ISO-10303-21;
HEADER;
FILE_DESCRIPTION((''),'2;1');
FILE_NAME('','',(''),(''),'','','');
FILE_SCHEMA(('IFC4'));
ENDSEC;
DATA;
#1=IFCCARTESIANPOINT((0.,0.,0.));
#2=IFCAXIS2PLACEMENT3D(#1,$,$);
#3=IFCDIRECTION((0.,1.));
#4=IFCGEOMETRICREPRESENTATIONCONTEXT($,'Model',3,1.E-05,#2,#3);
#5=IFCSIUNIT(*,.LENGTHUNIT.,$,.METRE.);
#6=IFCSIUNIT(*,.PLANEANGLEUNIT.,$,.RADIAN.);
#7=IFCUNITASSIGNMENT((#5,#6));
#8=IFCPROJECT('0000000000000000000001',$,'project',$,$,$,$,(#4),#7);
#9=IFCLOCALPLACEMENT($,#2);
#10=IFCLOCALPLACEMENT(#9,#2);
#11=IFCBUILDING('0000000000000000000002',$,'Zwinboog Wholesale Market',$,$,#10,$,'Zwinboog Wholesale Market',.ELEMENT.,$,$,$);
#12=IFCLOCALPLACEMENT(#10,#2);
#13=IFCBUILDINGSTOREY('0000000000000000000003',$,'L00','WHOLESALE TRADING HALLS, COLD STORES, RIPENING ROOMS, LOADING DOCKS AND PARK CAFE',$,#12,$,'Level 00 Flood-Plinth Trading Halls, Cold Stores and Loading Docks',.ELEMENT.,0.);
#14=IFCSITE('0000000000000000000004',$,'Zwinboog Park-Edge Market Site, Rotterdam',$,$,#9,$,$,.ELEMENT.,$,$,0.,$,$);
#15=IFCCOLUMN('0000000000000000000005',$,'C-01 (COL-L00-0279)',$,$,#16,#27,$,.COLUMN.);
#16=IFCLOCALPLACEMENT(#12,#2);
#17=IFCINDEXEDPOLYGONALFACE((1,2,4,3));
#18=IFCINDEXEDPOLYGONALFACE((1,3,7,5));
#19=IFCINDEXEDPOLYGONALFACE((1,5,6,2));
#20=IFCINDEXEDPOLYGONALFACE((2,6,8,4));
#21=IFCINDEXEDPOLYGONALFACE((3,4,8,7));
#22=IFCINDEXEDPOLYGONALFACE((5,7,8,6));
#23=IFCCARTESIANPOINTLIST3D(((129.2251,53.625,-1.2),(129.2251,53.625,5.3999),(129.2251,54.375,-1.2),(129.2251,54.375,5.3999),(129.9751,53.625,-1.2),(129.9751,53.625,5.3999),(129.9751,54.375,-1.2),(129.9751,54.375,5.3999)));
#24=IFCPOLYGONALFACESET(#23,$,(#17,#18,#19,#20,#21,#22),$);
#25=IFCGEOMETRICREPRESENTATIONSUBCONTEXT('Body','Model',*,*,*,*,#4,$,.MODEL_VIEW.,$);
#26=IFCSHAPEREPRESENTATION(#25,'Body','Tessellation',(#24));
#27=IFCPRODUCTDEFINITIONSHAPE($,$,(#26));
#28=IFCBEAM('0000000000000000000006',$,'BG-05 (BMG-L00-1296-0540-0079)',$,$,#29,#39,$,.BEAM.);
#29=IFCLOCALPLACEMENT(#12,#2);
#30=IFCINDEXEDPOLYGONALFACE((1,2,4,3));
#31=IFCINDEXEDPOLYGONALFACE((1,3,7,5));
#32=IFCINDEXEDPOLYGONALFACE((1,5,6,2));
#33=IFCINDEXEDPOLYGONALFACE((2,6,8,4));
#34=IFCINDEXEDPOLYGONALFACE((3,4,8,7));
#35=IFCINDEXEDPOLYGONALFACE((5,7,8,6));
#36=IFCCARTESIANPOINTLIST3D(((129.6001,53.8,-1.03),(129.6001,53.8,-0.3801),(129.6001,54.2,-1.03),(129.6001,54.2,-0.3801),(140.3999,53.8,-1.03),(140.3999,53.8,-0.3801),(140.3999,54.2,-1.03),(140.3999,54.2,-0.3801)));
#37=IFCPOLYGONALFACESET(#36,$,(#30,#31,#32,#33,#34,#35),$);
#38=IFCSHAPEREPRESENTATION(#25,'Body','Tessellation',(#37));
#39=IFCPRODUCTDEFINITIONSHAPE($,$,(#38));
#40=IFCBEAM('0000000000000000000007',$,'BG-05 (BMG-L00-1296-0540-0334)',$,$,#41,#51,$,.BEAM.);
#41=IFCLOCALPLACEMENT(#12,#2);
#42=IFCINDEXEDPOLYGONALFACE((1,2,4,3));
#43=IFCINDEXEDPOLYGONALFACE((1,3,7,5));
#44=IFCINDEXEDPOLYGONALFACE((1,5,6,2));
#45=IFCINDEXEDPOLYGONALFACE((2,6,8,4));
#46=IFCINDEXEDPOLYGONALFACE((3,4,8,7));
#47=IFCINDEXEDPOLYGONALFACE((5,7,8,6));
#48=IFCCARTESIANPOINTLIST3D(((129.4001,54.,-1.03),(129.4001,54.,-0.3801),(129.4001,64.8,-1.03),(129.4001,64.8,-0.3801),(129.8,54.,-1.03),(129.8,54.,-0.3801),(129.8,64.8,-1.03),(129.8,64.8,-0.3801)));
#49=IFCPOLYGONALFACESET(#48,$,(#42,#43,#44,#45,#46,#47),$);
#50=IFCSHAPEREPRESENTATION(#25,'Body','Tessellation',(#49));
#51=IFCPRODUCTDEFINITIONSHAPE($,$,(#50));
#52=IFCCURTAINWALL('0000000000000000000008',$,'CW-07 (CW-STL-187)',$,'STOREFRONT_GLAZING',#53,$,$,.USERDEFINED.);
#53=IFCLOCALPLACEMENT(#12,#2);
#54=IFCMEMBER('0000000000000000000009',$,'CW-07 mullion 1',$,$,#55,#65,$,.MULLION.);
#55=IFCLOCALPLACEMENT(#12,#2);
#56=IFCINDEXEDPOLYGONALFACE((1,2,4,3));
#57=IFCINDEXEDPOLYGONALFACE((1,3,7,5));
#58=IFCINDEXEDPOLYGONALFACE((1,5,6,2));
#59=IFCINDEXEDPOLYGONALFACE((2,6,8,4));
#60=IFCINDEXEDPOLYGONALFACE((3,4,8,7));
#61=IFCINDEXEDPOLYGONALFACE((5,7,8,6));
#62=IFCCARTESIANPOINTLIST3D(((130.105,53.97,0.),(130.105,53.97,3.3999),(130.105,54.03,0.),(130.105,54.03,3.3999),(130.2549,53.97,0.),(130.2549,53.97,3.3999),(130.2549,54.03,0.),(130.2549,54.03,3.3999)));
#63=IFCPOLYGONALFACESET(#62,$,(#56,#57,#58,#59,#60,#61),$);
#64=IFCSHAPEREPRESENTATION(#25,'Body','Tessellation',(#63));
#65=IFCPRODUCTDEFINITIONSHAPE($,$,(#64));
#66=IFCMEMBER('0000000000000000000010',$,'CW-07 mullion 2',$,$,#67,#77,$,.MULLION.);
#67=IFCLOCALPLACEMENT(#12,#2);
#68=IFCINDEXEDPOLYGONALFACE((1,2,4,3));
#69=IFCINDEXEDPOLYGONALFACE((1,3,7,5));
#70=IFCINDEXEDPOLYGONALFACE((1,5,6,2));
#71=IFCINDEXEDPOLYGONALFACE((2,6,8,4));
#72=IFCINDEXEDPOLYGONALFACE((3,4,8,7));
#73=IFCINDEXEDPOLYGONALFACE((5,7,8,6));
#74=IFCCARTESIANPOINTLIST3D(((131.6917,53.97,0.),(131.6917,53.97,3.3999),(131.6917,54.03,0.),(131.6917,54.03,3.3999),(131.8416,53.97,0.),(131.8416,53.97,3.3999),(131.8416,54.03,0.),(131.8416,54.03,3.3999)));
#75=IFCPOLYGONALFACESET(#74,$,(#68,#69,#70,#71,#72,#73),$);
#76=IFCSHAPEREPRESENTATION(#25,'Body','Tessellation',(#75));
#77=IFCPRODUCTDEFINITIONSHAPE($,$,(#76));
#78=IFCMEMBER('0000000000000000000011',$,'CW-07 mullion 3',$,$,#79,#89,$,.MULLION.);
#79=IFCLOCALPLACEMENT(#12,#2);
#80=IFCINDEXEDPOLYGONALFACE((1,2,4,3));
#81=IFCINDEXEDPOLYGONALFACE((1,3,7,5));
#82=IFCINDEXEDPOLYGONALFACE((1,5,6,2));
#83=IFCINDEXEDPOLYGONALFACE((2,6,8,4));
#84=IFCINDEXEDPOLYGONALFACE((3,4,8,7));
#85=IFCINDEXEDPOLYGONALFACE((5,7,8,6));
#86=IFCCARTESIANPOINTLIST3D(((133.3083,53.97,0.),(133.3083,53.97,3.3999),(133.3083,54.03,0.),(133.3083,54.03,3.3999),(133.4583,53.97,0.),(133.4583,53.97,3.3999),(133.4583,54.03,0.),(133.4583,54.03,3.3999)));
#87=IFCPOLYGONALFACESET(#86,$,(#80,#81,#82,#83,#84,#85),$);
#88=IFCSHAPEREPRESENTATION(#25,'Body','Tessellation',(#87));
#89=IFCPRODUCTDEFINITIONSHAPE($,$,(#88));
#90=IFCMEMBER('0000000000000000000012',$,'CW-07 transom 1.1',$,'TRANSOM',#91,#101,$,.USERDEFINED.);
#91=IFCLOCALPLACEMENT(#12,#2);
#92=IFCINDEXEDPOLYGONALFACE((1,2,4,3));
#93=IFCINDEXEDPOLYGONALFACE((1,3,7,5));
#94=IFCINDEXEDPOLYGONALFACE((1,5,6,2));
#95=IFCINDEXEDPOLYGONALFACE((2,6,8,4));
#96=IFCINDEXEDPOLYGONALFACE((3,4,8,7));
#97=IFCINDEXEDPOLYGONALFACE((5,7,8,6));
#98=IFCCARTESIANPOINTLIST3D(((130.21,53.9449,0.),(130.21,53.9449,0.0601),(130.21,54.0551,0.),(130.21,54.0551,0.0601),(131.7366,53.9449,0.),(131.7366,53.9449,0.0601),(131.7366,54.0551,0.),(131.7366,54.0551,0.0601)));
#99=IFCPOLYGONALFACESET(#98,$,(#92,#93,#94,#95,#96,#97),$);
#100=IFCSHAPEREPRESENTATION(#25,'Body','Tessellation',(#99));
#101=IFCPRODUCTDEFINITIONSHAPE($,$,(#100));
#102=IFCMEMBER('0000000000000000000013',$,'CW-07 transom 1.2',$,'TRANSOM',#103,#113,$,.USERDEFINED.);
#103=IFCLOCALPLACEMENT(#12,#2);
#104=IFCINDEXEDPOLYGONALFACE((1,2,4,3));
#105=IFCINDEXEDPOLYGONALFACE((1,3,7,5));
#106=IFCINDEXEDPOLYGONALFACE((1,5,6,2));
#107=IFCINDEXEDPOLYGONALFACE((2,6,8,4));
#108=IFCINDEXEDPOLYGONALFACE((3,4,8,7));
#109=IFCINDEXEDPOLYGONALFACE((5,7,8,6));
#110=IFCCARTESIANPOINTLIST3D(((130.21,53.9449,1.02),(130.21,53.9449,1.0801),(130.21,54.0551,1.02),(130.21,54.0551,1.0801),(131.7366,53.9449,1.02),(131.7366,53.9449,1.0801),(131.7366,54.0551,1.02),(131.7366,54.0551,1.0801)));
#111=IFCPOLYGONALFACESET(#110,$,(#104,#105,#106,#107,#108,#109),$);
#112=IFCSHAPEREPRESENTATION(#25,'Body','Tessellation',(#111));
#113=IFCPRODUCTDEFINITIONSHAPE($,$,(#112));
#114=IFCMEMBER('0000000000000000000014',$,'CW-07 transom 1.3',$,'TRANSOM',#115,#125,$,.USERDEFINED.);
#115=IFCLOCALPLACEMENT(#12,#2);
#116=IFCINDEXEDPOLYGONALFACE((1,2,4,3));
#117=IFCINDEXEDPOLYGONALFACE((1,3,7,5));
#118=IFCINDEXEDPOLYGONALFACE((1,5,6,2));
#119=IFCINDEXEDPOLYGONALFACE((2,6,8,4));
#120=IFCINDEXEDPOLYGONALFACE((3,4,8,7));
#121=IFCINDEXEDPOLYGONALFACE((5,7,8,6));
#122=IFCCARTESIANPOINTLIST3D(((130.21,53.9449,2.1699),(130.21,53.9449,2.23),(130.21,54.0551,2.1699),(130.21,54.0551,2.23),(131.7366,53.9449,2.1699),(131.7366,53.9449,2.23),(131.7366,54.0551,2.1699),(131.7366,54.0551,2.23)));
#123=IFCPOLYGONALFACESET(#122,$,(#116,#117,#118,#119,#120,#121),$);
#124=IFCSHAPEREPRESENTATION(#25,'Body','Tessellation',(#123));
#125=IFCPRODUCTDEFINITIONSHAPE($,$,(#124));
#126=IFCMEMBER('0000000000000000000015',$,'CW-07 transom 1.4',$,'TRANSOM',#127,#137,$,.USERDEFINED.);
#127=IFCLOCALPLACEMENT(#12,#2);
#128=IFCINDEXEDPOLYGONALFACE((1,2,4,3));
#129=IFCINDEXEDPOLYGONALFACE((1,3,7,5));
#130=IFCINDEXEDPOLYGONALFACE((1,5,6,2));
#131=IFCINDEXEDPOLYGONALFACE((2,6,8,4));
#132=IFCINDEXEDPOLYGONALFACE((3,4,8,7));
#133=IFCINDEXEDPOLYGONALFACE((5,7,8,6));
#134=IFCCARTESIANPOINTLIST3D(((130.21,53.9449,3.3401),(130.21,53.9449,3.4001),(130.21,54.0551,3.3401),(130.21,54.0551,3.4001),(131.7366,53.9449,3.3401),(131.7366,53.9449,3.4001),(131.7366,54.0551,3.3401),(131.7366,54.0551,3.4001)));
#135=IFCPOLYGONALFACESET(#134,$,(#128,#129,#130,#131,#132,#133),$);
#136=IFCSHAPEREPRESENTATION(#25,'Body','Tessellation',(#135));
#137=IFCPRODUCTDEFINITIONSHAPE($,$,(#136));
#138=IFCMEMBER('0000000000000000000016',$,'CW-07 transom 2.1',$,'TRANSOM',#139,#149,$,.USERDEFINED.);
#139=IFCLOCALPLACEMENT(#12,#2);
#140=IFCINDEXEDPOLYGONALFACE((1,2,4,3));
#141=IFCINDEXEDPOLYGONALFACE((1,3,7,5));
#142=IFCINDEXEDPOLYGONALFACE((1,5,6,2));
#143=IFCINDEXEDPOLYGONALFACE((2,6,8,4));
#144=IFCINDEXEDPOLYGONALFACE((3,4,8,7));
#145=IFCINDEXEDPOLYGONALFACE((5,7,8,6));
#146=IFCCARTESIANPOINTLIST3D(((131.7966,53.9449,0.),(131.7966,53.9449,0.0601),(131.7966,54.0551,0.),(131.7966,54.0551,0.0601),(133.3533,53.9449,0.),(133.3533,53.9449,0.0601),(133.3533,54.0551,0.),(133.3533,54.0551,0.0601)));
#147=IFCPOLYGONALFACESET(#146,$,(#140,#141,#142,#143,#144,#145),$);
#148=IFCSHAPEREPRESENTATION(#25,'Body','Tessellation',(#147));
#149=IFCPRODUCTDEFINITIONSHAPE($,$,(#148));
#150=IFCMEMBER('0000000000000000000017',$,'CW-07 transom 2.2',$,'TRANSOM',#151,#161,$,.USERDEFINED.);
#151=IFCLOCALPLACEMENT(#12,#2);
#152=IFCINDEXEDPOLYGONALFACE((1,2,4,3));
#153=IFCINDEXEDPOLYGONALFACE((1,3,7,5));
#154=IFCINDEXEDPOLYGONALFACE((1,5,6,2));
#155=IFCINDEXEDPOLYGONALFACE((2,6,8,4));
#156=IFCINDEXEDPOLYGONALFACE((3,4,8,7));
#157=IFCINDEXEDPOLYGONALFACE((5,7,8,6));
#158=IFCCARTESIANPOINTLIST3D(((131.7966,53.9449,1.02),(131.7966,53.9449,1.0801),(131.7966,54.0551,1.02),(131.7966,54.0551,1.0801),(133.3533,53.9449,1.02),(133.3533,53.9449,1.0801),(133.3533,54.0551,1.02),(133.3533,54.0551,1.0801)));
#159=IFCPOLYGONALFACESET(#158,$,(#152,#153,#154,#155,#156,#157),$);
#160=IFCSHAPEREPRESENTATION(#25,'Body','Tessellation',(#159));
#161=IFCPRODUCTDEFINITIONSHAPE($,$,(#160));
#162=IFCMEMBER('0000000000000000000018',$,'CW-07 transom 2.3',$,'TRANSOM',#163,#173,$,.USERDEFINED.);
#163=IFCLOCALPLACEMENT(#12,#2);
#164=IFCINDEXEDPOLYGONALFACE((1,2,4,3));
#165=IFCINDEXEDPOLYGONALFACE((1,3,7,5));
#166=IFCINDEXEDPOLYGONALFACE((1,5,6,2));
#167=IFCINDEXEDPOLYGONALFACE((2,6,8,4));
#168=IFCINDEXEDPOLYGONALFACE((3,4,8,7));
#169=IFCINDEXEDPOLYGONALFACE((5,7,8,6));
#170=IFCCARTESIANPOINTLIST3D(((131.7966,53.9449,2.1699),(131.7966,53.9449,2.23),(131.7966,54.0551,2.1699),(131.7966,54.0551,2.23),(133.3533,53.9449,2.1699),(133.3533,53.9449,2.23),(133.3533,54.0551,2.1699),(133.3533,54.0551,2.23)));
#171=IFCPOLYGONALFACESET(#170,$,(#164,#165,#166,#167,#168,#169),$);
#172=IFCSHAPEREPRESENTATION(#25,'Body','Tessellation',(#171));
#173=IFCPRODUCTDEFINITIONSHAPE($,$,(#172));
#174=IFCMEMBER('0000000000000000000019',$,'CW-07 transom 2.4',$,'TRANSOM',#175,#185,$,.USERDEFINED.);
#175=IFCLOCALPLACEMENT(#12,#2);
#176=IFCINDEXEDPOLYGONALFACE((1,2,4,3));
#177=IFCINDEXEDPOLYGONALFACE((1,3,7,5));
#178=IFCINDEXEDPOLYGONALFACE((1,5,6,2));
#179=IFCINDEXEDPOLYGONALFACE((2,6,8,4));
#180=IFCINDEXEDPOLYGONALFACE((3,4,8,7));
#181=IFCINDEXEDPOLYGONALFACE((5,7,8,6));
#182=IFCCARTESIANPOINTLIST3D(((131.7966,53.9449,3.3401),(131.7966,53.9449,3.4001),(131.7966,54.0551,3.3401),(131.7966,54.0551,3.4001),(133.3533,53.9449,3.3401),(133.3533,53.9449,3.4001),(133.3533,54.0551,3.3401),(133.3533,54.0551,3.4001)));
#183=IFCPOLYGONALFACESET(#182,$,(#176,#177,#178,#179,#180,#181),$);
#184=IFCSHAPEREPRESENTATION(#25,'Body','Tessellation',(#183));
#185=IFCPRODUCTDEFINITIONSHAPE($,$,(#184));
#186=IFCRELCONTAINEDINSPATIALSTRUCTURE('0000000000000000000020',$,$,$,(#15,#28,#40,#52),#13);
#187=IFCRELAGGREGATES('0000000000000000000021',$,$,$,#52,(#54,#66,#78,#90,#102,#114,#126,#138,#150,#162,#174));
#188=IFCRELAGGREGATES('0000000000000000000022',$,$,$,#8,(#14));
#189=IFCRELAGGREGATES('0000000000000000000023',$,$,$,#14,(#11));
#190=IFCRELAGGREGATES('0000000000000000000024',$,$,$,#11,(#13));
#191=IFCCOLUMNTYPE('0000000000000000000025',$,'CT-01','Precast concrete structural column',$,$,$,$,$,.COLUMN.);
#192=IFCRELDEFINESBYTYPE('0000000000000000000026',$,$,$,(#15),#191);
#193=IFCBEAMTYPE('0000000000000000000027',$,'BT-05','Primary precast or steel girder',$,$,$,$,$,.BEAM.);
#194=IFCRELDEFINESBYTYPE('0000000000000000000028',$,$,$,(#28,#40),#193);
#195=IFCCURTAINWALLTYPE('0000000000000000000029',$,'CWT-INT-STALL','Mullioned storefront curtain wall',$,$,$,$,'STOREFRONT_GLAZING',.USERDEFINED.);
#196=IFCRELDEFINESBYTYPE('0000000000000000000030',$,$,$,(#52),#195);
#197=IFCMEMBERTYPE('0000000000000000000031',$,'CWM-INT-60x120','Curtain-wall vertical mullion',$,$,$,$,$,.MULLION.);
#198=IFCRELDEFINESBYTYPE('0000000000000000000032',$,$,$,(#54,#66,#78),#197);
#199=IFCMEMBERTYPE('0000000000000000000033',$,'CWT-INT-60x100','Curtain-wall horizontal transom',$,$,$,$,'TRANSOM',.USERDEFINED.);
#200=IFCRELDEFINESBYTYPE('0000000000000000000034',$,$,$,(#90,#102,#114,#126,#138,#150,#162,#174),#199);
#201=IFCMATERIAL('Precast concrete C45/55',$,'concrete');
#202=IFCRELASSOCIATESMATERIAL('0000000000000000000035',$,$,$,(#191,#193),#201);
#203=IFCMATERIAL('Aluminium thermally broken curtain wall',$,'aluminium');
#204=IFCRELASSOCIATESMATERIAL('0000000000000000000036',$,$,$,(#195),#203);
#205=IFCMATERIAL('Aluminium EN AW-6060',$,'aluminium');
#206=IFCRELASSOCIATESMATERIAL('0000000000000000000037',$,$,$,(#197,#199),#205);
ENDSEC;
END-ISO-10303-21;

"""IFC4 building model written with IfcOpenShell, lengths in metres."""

from ifc_helpers import new_model, si_unit, direction, frame, origin, origin_2d, place, context, subcontext, project, spatial, rectangle, extrude, material, material_profile, profile_set, type_object, element, aggregate, save


model = new_model("IFC4")

# Units and contexts
model_context = context("Model", 3, precision=1e-05, world=origin(), true_north=direction((0.0, 1.0)))
body_context = subcontext(model_context, "Body", "Model", "MODEL_VIEW")
ifc_project = project(units=[si_unit("LENGTHUNIT", "METRE"), si_unit("PLANEANGLEUNIT", "RADIAN")], contexts=[model_context])

# Site, building, storey
site_placement = place(None, origin())
site = spatial("IfcSite", under=ifc_project, at=site_placement, Name="Zwinboog Park-Edge Market Site, Rotterdam", CompositionType="ELEMENT", RefElevation=0.0)
building_placement = place(site_placement, origin())
building = spatial("IfcBuilding", under=site, at=building_placement, Name="Zwinboog Wholesale Market", LongName="Zwinboog Wholesale Market", CompositionType="ELEMENT")
storey_placement = place(building_placement, origin())
storey = spatial("IfcBuildingStorey", under=building, at=storey_placement, Name="L00", Description="WHOLESALE TRADING HALLS, COLD STORES, RIPENING ROOMS, LOADING DOCKS AND PARK CAFE", LongName="Level 00 Flood-Plinth Trading Halls, Cold Stores and Loading Docks", CompositionType="ELEMENT", Elevation=0.0)

# Column
ifc_material_1 = material(Name="Precast concrete C45/55", Category="concrete")
ifc_material_profile_1 = material_profile(ifc_material_1, rectangle(XDim=0.75, YDim=0.75, at=origin_2d()), Name="PC 750x750")
ifc_profile_set_1 = profile_set([ifc_material_profile_1], Name="Precast concrete C45/55")
column_type = type_object("IfcColumnType", Name="CT-01", Description="Precast concrete structural column", PredefinedType="COLUMN", material=ifc_profile_set_1)
column_placement = place(storey_placement, frame((129.6001, 54.0, -1.2), z_axis=(0.0, 0.0, 1.0), x_axis=(1.0, 0.0, 0.0)))
element("IfcColumn", 1, at=column_placement, inside=storey, type_object=column_type, Name="C-01 (COL-L00-0279)", PredefinedType="COLUMN", context=body_context, shape_type="SweptSolid", body=[
    extrude(rectangle(XDim=0.75, YDim=0.75, at=origin_2d()), origin(), (0.0, 0.0, 1.0), 6.5999),
])

# Beams
ifc_material_profile_2 = material_profile(ifc_material_1, rectangle(XDim=0.3999, YDim=0.6499, at=origin_2d()), Name="PC 400x650")
ifc_profile_set_2 = profile_set([ifc_material_profile_2], Name="Precast concrete C45/55")
beam_type = type_object("IfcBeamType", Name="BT-05", Description="Primary precast or steel girder", PredefinedType="BEAM", material=ifc_profile_set_2)
beam_1_placement = place(storey_placement, frame((129.6001, 54.0, -0.7051), z_axis=(1.0, 0.0, 0.0), x_axis=(0.0, 1.0, 0.0)))
element("IfcBeam", 2, at=beam_1_placement, inside=storey, type_object=beam_type, Name="BG-05 (BMG-L00-1296-0540-0079)", PredefinedType="BEAM", context=body_context, shape_type="SweptSolid", body=[
    extrude(rectangle(XDim=0.3999, YDim=0.6499, at=origin_2d()), origin(), (0.0, 0.0, 1.0), 10.7998),
])
beam_2_placement = place(storey_placement, frame((129.6001, 54.0, -0.7051), z_axis=(0.0, 1.0, 0.0), x_axis=(-1.0, 0.0, 0.0)))
element("IfcBeam", 3, at=beam_2_placement, inside=storey, type_object=beam_type, Name="BG-05 (BMG-L00-1296-0540-0334)", PredefinedType="BEAM", context=body_context, shape_type="SweptSolid", body=[
    extrude(rectangle(XDim=0.3999, YDim=0.6499, at=origin_2d()), origin(), (0.0, 0.0, 1.0), 10.8),
])

# Curtain wall, members
ifc_material_2 = material(Name="Aluminium thermally broken curtain wall", Category="aluminium")
curtain_wall_type = type_object("IfcCurtainWallType", Name="CWT-INT-STALL", Description="Mullioned storefront curtain wall", ElementType="STOREFRONT_GLAZING", PredefinedType="USERDEFINED", material=ifc_material_2)
curtain_wall_placement = place(storey_placement, origin())
curtain_wall = element("IfcCurtainWall", 4, at=curtain_wall_placement, inside=storey, type_object=curtain_wall_type, Name="CW-07 (CW-STL-187)", ObjectType="STOREFRONT_GLAZING", PredefinedType="USERDEFINED")
ifc_material_3 = material(Name="Aluminium EN AW-6060", Category="aluminium")
ifc_material_profile_3 = material_profile(ifc_material_3, rectangle(XDim=0.0601, YDim=0.1499, at=origin_2d()), Name="AL 60x150")
ifc_profile_set_3 = profile_set([ifc_material_profile_3], Name="Aluminium EN AW-6060")
member_type_1 = type_object("IfcMemberType", Name="CWM-INT-60x120", Description="Curtain-wall vertical mullion", PredefinedType="MULLION", material=ifc_profile_set_3)
member_1_placement = place(storey_placement, frame((130.1799, 54.0, 0.0), z_axis=(0.0, 0.0, 1.0), x_axis=(0.0, 1.0, 0.0)))
member_1 = element("IfcMember", 5, at=member_1_placement, type_object=member_type_1, Name="CW-07 mullion 1", PredefinedType="MULLION", context=body_context, shape_type="SweptSolid", body=[
    extrude(rectangle(XDim=0.0601, YDim=0.1499, at=origin_2d()), origin(), (0.0, 0.0, 1.0), 3.3999),
])
member_2_placement = place(storey_placement, frame((131.7666, 54.0, 0.0), z_axis=(0.0, 0.0, 1.0), x_axis=(0.0, 1.0, 0.0)))
member_2 = element("IfcMember", 6, at=member_2_placement, type_object=member_type_1, Name="CW-07 mullion 2", PredefinedType="MULLION", context=body_context, shape_type="SweptSolid", body=[
    extrude(rectangle(XDim=0.0601, YDim=0.1499, at=origin_2d()), origin(), (0.0, 0.0, 1.0), 3.3999),
])
member_3_placement = place(storey_placement, frame((133.3833, 54.0, 0.0), z_axis=(0.0, 0.0, 1.0), x_axis=(0.0, 1.0, 0.0)))
member_3 = element("IfcMember", 7, at=member_3_placement, type_object=member_type_1, Name="CW-07 mullion 3", PredefinedType="MULLION", context=body_context, shape_type="SweptSolid", body=[
    extrude(rectangle(XDim=0.0601, YDim=0.1499, at=origin_2d()), origin(), (0.0, 0.0, 1.0), 3.3999),
])
ifc_material_profile_4 = material_profile(ifc_material_3, rectangle(XDim=0.1101, YDim=0.0601, at=origin_2d()), Name="AL 60x110")
ifc_profile_set_4 = profile_set([ifc_material_profile_4], Name="Aluminium EN AW-6060")
member_type_2 = type_object("IfcMemberType", Name="CWT-INT-60x100", Description="Curtain-wall horizontal transom", ElementType="TRANSOM", PredefinedType="USERDEFINED", material=ifc_profile_set_4)
member_4_placement = place(storey_placement, frame((130.21, 54.0, 0.03), z_axis=(1.0, 0.0, 0.0), x_axis=(0.0, 1.0, 0.0)))
member_4 = element("IfcMember", 8, at=member_4_placement, type_object=member_type_2, Name="CW-07 transom 1.1", ObjectType="TRANSOM", PredefinedType="USERDEFINED", context=body_context, shape_type="SweptSolid", body=[
    extrude(rectangle(XDim=0.1101, YDim=0.0601, at=origin_2d()), origin(), (0.0, 0.0, 1.0), 1.5266),
])
member_5_placement = place(storey_placement, frame((130.21, 54.0, 1.05), z_axis=(1.0, 0.0, 0.0), x_axis=(0.0, 1.0, 0.0)))
member_5 = element("IfcMember", 9, at=member_5_placement, type_object=member_type_2, Name="CW-07 transom 1.2", ObjectType="TRANSOM", PredefinedType="USERDEFINED", context=body_context, shape_type="SweptSolid", body=[
    extrude(rectangle(XDim=0.1101, YDim=0.0601, at=origin_2d()), origin(), (0.0, 0.0, 1.0), 1.5266),
])
member_6_placement = place(storey_placement, frame((130.21, 54.0, 2.2), z_axis=(1.0, 0.0, 0.0), x_axis=(0.0, 1.0, 0.0)))
member_6 = element("IfcMember", 10, at=member_6_placement, type_object=member_type_2, Name="CW-07 transom 1.3", ObjectType="TRANSOM", PredefinedType="USERDEFINED", context=body_context, shape_type="SweptSolid", body=[
    extrude(rectangle(XDim=0.1101, YDim=0.0601, at=origin_2d()), origin(), (0.0, 0.0, 1.0), 1.5266),
])
member_7_placement = place(storey_placement, frame((130.21, 54.0, 3.3701), z_axis=(1.0, 0.0, 0.0), x_axis=(0.0, 1.0, 0.0)))
member_7 = element("IfcMember", 11, at=member_7_placement, type_object=member_type_2, Name="CW-07 transom 1.4", ObjectType="TRANSOM", PredefinedType="USERDEFINED", context=body_context, shape_type="SweptSolid", body=[
    extrude(rectangle(XDim=0.1101, YDim=0.0601, at=origin_2d()), origin(), (0.0, 0.0, 1.0), 1.5266),
])
member_8_placement = place(storey_placement, frame((131.7966, 54.0, 0.03), z_axis=(1.0, 0.0, 0.0), x_axis=(0.0, 1.0, 0.0)))
member_8 = element("IfcMember", 12, at=member_8_placement, type_object=member_type_2, Name="CW-07 transom 2.1", ObjectType="TRANSOM", PredefinedType="USERDEFINED", context=body_context, shape_type="SweptSolid", body=[
    extrude(rectangle(XDim=0.1101, YDim=0.0601, at=origin_2d()), origin(), (0.0, 0.0, 1.0), 1.5566),
])
member_9_placement = place(storey_placement, frame((131.7966, 54.0, 1.05), z_axis=(1.0, 0.0, 0.0), x_axis=(0.0, 1.0, 0.0)))
member_9 = element("IfcMember", 13, at=member_9_placement, type_object=member_type_2, Name="CW-07 transom 2.2", ObjectType="TRANSOM", PredefinedType="USERDEFINED", context=body_context, shape_type="SweptSolid", body=[
    extrude(rectangle(XDim=0.1101, YDim=0.0601, at=origin_2d()), origin(), (0.0, 0.0, 1.0), 1.5566),
])
member_10_placement = place(storey_placement, frame((131.7966, 54.0, 2.2), z_axis=(1.0, 0.0, 0.0), x_axis=(0.0, 1.0, 0.0)))
member_10 = element("IfcMember", 14, at=member_10_placement, type_object=member_type_2, Name="CW-07 transom 2.3", ObjectType="TRANSOM", PredefinedType="USERDEFINED", context=body_context, shape_type="SweptSolid", body=[
    extrude(rectangle(XDim=0.1101, YDim=0.0601, at=origin_2d()), origin(), (0.0, 0.0, 1.0), 1.5566),
])
member_11_placement = place(storey_placement, frame((131.7966, 54.0, 3.3701), z_axis=(1.0, 0.0, 0.0), x_axis=(0.0, 1.0, 0.0)))
member_11 = element("IfcMember", 15, at=member_11_placement, type_object=member_type_2, Name="CW-07 transom 2.4", ObjectType="TRANSOM", PredefinedType="USERDEFINED", context=body_context, shape_type="SweptSolid", body=[
    extrude(rectangle(XDim=0.1101, YDim=0.0601, at=origin_2d()), origin(), (0.0, 0.0, 1.0), 1.5566),
])
aggregate(curtain_wall, [member_1, member_2, member_3, member_4, member_5, member_6, member_7, member_8, member_9, member_10, member_11])

save(model, "model.ifc")
